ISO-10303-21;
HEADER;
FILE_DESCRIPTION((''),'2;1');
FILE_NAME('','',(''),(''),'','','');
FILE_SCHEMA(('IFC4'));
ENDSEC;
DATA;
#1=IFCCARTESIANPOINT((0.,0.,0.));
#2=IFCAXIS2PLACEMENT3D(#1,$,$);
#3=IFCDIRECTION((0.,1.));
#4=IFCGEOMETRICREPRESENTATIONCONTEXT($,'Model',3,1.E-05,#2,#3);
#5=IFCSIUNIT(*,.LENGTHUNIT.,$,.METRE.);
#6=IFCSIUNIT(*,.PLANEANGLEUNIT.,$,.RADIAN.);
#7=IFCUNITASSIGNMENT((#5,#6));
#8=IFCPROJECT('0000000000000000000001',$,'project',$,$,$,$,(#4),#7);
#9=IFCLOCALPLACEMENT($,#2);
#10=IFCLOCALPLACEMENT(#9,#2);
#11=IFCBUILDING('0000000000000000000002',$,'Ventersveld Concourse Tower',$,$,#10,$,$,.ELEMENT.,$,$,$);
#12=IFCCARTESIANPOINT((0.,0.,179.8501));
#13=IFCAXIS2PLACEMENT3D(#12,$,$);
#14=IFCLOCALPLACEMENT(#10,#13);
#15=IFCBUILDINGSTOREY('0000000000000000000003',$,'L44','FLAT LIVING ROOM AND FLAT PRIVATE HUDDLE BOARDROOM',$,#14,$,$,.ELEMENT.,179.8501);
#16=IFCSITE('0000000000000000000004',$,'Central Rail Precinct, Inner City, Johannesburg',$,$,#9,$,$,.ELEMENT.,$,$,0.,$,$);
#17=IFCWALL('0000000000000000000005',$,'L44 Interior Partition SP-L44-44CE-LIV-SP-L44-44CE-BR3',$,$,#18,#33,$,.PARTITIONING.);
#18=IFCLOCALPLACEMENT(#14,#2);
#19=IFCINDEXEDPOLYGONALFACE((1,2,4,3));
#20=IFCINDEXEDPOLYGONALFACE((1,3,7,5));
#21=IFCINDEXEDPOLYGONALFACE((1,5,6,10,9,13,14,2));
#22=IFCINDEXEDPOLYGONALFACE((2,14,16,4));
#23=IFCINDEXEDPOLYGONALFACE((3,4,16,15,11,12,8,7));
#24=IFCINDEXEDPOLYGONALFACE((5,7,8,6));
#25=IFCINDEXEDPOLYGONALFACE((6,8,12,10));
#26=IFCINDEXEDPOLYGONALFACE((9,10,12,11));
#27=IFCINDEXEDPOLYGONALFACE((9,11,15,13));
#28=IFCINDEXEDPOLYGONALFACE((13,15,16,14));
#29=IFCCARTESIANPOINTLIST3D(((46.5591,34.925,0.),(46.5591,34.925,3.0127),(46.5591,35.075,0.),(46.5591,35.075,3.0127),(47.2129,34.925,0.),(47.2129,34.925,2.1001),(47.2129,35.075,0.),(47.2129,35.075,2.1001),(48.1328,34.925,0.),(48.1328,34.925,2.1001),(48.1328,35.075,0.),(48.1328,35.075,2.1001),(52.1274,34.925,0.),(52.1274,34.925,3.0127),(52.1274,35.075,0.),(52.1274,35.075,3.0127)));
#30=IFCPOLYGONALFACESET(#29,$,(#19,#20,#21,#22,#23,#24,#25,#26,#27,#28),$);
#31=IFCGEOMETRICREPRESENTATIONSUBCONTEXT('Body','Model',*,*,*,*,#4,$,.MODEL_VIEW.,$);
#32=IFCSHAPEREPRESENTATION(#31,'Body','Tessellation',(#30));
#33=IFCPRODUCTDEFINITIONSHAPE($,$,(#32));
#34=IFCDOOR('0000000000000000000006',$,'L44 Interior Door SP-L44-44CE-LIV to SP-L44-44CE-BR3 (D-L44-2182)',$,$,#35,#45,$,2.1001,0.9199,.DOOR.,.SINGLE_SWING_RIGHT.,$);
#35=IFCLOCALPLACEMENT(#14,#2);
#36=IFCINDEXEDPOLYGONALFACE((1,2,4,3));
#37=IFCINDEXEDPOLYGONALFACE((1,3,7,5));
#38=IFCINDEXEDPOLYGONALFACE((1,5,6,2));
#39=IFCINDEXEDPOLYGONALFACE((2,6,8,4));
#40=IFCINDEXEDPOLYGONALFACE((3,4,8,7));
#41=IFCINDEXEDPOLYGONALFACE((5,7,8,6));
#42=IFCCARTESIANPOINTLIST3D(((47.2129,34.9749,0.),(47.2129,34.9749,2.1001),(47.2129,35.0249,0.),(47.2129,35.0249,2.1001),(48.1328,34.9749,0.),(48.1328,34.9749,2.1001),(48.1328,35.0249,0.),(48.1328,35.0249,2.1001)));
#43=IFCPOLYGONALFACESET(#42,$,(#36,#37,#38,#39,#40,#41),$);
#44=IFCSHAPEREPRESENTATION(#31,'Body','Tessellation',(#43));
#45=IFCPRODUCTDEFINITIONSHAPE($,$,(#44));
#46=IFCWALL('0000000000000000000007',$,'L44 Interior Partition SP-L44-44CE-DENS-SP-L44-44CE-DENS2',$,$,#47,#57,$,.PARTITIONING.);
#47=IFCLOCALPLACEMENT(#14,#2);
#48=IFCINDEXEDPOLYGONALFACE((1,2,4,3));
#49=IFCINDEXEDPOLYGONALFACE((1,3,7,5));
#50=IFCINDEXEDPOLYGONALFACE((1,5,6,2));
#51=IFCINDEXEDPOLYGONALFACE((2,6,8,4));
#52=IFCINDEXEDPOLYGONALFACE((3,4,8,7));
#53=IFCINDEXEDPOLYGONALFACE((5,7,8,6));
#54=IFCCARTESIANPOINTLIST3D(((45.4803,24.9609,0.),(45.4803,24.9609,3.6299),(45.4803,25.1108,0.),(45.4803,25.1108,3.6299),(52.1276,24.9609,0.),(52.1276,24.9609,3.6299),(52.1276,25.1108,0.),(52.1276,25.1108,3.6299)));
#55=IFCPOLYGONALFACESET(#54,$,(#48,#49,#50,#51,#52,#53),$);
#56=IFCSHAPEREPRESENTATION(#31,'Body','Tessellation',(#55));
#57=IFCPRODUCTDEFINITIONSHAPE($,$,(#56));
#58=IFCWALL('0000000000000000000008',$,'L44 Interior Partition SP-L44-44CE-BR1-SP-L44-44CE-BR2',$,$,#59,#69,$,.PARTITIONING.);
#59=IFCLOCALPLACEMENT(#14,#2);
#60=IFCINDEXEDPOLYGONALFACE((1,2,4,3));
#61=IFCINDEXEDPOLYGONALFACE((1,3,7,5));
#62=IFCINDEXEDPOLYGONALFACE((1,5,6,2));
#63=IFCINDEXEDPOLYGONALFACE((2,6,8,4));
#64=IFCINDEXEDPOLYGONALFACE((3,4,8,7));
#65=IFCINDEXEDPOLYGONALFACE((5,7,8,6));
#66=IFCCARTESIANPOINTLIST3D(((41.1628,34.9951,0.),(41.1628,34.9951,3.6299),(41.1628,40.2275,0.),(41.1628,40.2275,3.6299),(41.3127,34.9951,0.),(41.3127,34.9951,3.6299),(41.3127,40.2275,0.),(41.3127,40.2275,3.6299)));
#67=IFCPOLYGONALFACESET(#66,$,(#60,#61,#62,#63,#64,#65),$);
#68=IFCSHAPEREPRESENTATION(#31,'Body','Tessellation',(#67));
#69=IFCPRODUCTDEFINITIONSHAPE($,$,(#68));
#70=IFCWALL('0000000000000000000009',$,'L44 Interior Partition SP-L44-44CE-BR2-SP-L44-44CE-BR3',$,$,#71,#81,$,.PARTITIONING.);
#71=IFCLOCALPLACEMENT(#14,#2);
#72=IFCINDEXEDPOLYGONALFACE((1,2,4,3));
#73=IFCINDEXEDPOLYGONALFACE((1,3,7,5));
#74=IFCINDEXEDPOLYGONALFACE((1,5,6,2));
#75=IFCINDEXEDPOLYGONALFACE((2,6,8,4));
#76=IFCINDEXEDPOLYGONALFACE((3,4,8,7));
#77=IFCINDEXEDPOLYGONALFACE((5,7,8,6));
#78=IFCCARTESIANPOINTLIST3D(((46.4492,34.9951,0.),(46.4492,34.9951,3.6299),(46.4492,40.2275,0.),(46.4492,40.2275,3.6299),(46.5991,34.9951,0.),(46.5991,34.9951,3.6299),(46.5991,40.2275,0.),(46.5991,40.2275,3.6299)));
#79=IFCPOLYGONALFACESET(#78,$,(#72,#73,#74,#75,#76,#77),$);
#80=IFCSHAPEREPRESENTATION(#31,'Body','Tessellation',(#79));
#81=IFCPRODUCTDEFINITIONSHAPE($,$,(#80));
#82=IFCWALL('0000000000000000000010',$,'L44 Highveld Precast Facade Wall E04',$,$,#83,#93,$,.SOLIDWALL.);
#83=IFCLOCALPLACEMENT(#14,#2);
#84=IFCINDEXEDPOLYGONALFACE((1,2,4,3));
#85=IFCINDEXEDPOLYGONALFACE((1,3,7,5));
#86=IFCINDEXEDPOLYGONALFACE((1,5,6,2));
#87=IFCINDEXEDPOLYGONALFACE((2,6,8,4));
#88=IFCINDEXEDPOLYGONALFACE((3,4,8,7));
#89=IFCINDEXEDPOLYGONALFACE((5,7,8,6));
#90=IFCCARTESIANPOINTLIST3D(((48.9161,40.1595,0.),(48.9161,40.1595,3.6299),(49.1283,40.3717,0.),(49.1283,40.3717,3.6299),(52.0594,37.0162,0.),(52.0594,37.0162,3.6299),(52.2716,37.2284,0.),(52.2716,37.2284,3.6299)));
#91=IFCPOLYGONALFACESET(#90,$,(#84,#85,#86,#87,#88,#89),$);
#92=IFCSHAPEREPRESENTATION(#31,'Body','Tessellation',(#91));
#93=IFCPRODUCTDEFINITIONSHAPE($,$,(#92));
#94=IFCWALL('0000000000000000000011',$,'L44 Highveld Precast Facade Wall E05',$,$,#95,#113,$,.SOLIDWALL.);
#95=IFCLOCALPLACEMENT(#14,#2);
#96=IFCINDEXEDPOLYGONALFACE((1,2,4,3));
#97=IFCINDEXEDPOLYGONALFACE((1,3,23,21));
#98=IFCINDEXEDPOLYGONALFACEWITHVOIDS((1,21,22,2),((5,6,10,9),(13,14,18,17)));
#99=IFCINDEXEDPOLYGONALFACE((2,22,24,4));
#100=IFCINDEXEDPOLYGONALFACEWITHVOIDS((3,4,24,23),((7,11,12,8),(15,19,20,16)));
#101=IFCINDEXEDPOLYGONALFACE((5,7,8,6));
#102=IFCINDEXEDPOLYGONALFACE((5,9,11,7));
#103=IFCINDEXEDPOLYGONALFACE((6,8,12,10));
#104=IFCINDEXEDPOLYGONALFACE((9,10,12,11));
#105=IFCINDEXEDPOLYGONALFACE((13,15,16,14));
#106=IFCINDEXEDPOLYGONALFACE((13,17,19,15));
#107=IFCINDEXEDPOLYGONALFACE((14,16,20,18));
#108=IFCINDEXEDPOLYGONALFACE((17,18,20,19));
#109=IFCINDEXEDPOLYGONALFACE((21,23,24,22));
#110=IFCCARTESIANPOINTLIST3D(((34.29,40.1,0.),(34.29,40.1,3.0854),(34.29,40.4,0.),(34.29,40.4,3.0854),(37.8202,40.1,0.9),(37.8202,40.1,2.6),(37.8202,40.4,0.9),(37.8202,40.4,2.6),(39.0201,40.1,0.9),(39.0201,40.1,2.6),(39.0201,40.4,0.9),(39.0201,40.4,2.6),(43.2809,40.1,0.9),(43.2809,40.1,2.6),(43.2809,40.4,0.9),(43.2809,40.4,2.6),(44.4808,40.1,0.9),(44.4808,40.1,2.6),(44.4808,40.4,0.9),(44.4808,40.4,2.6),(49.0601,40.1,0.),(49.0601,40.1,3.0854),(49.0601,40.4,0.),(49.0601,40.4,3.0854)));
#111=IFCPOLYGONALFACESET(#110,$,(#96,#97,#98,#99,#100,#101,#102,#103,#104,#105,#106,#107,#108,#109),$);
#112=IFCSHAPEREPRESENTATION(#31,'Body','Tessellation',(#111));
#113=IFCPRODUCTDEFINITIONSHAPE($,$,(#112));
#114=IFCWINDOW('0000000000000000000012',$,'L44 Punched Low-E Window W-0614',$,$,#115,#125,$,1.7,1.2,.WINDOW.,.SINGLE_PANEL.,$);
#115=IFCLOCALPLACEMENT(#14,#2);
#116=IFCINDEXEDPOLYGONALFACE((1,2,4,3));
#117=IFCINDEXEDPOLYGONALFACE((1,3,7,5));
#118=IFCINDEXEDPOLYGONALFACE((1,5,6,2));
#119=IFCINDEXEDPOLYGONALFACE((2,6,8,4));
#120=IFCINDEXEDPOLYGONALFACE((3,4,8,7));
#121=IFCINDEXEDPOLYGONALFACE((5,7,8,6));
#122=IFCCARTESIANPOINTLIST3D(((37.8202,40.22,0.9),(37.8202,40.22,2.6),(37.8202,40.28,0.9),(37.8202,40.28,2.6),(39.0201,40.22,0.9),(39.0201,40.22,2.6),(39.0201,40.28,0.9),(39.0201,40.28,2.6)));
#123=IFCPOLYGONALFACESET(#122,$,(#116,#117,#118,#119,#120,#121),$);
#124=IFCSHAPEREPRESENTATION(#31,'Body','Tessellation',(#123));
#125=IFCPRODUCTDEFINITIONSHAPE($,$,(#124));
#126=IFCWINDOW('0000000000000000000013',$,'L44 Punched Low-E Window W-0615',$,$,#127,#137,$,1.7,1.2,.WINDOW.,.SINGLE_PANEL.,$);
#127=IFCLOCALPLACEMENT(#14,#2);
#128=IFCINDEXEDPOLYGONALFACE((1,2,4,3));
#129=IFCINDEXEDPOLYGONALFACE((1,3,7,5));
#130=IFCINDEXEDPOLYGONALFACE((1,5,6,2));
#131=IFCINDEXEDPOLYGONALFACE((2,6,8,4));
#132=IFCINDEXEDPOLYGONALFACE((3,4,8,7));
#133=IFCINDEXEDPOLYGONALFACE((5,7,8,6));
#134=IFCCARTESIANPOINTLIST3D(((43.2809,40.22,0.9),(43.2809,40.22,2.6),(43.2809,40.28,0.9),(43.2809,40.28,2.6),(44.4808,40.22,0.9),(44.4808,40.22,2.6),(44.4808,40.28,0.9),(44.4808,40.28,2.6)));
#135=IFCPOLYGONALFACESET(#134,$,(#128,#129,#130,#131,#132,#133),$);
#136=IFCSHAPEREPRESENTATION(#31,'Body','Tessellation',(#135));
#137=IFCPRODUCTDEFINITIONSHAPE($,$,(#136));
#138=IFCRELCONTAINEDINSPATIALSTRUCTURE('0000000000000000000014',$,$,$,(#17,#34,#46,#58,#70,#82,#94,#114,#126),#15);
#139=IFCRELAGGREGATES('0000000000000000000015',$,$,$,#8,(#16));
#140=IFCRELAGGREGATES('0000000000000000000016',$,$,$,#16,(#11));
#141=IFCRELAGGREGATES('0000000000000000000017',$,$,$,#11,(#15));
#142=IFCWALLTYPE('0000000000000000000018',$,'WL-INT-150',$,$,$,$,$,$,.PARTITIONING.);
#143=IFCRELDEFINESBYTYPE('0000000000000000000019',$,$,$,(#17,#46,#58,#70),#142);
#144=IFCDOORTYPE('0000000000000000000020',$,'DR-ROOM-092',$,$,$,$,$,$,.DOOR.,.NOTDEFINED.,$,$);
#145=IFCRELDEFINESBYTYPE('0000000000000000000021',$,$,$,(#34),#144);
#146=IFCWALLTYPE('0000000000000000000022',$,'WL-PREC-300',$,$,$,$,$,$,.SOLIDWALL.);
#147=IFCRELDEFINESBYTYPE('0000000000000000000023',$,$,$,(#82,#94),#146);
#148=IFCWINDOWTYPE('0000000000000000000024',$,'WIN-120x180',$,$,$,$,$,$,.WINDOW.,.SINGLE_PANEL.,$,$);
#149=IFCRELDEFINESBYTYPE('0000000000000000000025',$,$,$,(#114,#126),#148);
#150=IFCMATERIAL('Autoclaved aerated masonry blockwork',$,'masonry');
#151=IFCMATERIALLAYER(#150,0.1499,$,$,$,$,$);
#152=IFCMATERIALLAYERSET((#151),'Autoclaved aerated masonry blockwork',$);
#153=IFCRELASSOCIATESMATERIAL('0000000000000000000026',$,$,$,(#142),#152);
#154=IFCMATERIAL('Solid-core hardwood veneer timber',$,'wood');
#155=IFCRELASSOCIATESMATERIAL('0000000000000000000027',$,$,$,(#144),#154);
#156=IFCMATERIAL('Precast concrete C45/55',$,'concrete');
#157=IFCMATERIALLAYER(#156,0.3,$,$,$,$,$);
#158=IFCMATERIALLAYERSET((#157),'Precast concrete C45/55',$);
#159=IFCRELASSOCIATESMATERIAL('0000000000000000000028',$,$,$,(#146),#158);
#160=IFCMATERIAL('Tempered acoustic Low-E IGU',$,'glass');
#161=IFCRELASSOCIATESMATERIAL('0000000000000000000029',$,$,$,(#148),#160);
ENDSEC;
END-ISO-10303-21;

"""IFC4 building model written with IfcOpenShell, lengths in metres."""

from ifc_helpers import new_model, si_unit, direction, frame, frame_2d, origin, place, context, subcontext, project, spatial, rectangle, extrude, material, layer, layer_set, type_object, element, fill, save


model = new_model("IFC4")

# Units and contexts
model_context = context("Model", 3, precision=1e-05, world=origin(), true_north=direction((0.0, 1.0)))
body_context = subcontext(model_context, "Body", "Model", "MODEL_VIEW")
ifc_project = project(units=[si_unit("LENGTHUNIT", "METRE"), si_unit("PLANEANGLEUNIT", "RADIAN")], contexts=[model_context])

# Site, building, storey
site_placement = place(None, origin())
site = spatial("IfcSite", under=ifc_project, at=site_placement, Name="Central Rail Precinct, Inner City, Johannesburg", CompositionType="ELEMENT", RefElevation=0.0)
building_placement = place(site_placement, origin())
building = spatial("IfcBuilding", under=site, at=building_placement, Name="Ventersveld Concourse Tower", CompositionType="ELEMENT")
storey_placement = place(building_placement, frame((0.0, 0.0, 179.8501)))
storey = spatial("IfcBuildingStorey", under=building, at=storey_placement, Name="L44", Description="FLAT LIVING ROOM AND FLAT PRIVATE HUDDLE BOARDROOM", CompositionType="ELEMENT", Elevation=179.8501)

# Shared definitions
ifc_material_1 = material(Name="Autoclaved aerated masonry blockwork", Category="masonry")
ifc_layer_1 = layer(ifc_material_1, 0.1499)
ifc_layer_set_1 = layer_set([ifc_layer_1], Name="Autoclaved aerated masonry blockwork")
wall_type_1 = type_object("IfcWallType", Name="WL-INT-150", PredefinedType="PARTITIONING", material=ifc_layer_set_1)
ifc_material_2 = material(Name="Solid-core hardwood veneer timber", Category="wood")
door_type = type_object("IfcDoorType", Name="DR-ROOM-092", OperationType="NOTDEFINED", PredefinedType="DOOR", material=ifc_material_2)

# Wall, opening, door
wall_1_placement = place(storey_placement, frame((46.5591, 35.0, 0.0), z_axis=(0.0, 0.0, 1.0), x_axis=(1.0, 0.0, 0.0)))
wall_1 = element("IfcWall", 1, at=wall_1_placement, inside=storey, type_object=wall_type_1, Name="L44 Interior Partition SP-L44-44CE-LIV-SP-L44-44CE-BR3", PredefinedType="PARTITIONING", context=body_context, shape_type="SweptSolid", body=[
    extrude(rectangle(XDim=5.5684, YDim=0.1499, at=frame_2d((2.7842, 0.0))), origin(), (0.0, 0.0, 1.0), 3.0127),
])
opening_1_placement = place(wall_1_placement, frame((0.6538, 0.0, 0.0)))
opening_1 = element("IfcOpeningElement", 2, at=opening_1_placement, cuts=wall_1, PredefinedType="OPENING", context=body_context, shape_type="SweptSolid", body=[
    extrude(rectangle(XDim=0.9199, YDim=2.1001, at=frame_2d((0.46, 1.05))), frame((0.0, 0.085, 0.0), z_axis=(0.0, -1.0, 0.0), x_axis=(1.0, 0.0, 0.0)), (0.0, 0.0, 1.0), 0.1699),
])
door_1_placement = place(opening_1_placement, origin())
door_1 = element("IfcDoor", 3, at=door_1_placement, inside=storey, type_object=door_type, Name="L44 Interior Door SP-L44-44CE-LIV to SP-L44-44CE-BR3 (D-L44-2182)", OperationType="SINGLE_SWING_RIGHT", OverallHeight=2.1001, OverallWidth=0.9199, PredefinedType="DOOR", context=body_context, shape_type="SweptSolid", body=[
    extrude(rectangle(XDim=0.9199, YDim=2.1001, at=frame_2d((0.46, 1.05))), frame((0.0, 0.0249, 0.0), z_axis=(0.0, -1.0, 0.0), x_axis=(1.0, 0.0, 0.0)), (0.0, 0.0, 1.0), 0.05),
])
fill(opening_1, door_1)

# Walls
wall_2_placement = place(storey_placement, frame((45.4802, 25.0359, 0.0), z_axis=(0.0, 0.0, 1.0), x_axis=(1.0, 0.0, 0.0)))
element("IfcWall", 4, at=wall_2_placement, inside=storey, type_object=wall_type_1, Name="L44 Interior Partition SP-L44-44CE-DENS-SP-L44-44CE-DENS2", PredefinedType="PARTITIONING", context=body_context, shape_type="SweptSolid", body=[
    extrude(rectangle(XDim=6.6472, YDim=0.1499, at=frame_2d((3.3237, 0.0))), origin(), (0.0, 0.0, 1.0), 3.6299),
])
for number, where, z_axis, x_axis, name in (
    (5, (41.2378, 34.9951, 0.0), (0.0, 0.0, 1.0), (0.0, 1.0, 0.0), "L44 Interior Partition SP-L44-44CE-BR1-SP-L44-44CE-BR2"),
    (6, (46.5242, 34.9951, 0.0), (0.0, 0.0, 1.0), (0.0, 1.0, 0.0), "L44 Interior Partition SP-L44-44CE-BR2-SP-L44-44CE-BR3"),
):
    element("IfcWall", number, at=place(storey_placement, frame(where, z_axis=z_axis, x_axis=x_axis)), inside=storey, type_object=wall_type_1, Name=name, PredefinedType="PARTITIONING", context=body_context, shape_type="SweptSolid", body=[
        extrude(rectangle(XDim=5.2324, YDim=0.1499, at=frame_2d((2.6162, 0.0))), origin(), (0.0, 0.0, 1.0), 3.6299),
    ])
ifc_material_3 = material(Name="Precast concrete C45/55", Category="concrete")
ifc_layer_2 = layer(ifc_material_3, 0.3)
ifc_layer_set_2 = layer_set([ifc_layer_2], Name="Precast concrete C45/55")
wall_type_2 = type_object("IfcWallType", Name="WL-PREC-300", PredefinedType="SOLIDWALL", material=ifc_layer_set_2)
wall_3_placement = place(storey_placement, frame((52.1655, 37.1223, 0.0), z_axis=(0.0, 0.0, 1.0), x_axis=(-0.707107, 0.707107, 0.0)))
element("IfcWall", 7, at=wall_3_placement, inside=storey, type_object=wall_type_2, Name="L44 Highveld Precast Facade Wall E04", PredefinedType="SOLIDWALL", context=body_context, shape_type="SweptSolid", body=[
    extrude(rectangle(XDim=4.4453, YDim=0.3, at=frame_2d((2.2227, 0.0))), origin(), (0.0, 0.0, 1.0), 3.6299),
])

# Wall, openings, windows
wall_4_placement = place(storey_placement, frame((49.0601, 40.25, 0.0), z_axis=(0.0, 0.0, 1.0), x_axis=(-1.0, 0.0, 0.0)))
wall_4 = element("IfcWall", 8, at=wall_4_placement, inside=storey, type_object=wall_type_2, Name="L44 Highveld Precast Facade Wall E05", PredefinedType="SOLIDWALL", context=body_context, shape_type="SweptSolid", body=[
    extrude(rectangle(XDim=14.77, YDim=0.3, at=frame_2d((7.385, 0.0))), origin(), (0.0, 0.0, 1.0), 3.0854),
])
opening_2_placement = place(wall_4_placement, frame((10.0398, 0.0, 0.8999)))
opening_2 = element("IfcOpeningElement", 9, at=opening_2_placement, cuts=wall_4, PredefinedType="OPENING", context=body_context, shape_type="SweptSolid", body=[
    extrude(rectangle(XDim=1.2, YDim=1.7, at=frame_2d((0.6001, 0.8501))), frame((0.0, 0.1602, 0.0), z_axis=(0.0, -1.0, 0.0), x_axis=(1.0, 0.0, 0.0)), (0.0, 0.0, 1.0), 0.3201),
])
opening_3_placement = place(wall_4_placement, frame((4.5791, 0.0, 0.8999)))
opening_3 = element("IfcOpeningElement", 10, at=opening_3_placement, cuts=wall_4, PredefinedType="OPENING", context=body_context, shape_type="SweptSolid", body=[
    extrude(rectangle(XDim=1.2, YDim=1.7, at=frame_2d((0.6001, 0.8501))), frame((0.0, 0.1602, 0.0), z_axis=(0.0, -1.0, 0.0), x_axis=(1.0, 0.0, 0.0)), (0.0, 0.0, 1.0), 0.3201),
])
ifc_material_4 = material(Name="Tempered acoustic Low-E IGU", Category="glass")
window_type = type_object("IfcWindowType", Name="WIN-120x180", PartitioningType="SINGLE_PANEL", PredefinedType="WINDOW", material=ifc_material_4)
window_1_placement = place(opening_2_placement, origin())
window_1 = element("IfcWindow", 11, at=window_1_placement, inside=storey, type_object=window_type, Name="L44 Punched Low-E Window W-0614", OverallHeight=1.7, OverallWidth=1.2, PartitioningType="SINGLE_PANEL", PredefinedType="WINDOW", context=body_context, shape_type="SweptSolid", body=[
    extrude(rectangle(XDim=1.2, YDim=1.7, at=frame_2d((0.6001, 0.8501))), frame((0.0, 0.03, 0.0), z_axis=(0.0, -1.0, 0.0), x_axis=(1.0, 0.0, 0.0)), (0.0, 0.0, 1.0), 0.0601),
])
fill(opening_2, window_1)
window_2_placement = place(opening_3_placement, origin())
window_2 = element("IfcWindow", 12, at=window_2_placement, inside=storey, type_object=window_type, Name="L44 Punched Low-E Window W-0615", OverallHeight=1.7, OverallWidth=1.2, PartitioningType="SINGLE_PANEL", PredefinedType="WINDOW", context=body_context, shape_type="SweptSolid", body=[
    extrude(rectangle(XDim=1.2, YDim=1.7, at=frame_2d((0.6001, 0.8501))), frame((0.0, 0.03, 0.0), z_axis=(0.0, -1.0, 0.0), x_axis=(1.0, 0.0, 0.0)), (0.0, 0.0, 1.0), 0.0601),
])
fill(opening_3, window_2)

save(model, "model.ifc")
